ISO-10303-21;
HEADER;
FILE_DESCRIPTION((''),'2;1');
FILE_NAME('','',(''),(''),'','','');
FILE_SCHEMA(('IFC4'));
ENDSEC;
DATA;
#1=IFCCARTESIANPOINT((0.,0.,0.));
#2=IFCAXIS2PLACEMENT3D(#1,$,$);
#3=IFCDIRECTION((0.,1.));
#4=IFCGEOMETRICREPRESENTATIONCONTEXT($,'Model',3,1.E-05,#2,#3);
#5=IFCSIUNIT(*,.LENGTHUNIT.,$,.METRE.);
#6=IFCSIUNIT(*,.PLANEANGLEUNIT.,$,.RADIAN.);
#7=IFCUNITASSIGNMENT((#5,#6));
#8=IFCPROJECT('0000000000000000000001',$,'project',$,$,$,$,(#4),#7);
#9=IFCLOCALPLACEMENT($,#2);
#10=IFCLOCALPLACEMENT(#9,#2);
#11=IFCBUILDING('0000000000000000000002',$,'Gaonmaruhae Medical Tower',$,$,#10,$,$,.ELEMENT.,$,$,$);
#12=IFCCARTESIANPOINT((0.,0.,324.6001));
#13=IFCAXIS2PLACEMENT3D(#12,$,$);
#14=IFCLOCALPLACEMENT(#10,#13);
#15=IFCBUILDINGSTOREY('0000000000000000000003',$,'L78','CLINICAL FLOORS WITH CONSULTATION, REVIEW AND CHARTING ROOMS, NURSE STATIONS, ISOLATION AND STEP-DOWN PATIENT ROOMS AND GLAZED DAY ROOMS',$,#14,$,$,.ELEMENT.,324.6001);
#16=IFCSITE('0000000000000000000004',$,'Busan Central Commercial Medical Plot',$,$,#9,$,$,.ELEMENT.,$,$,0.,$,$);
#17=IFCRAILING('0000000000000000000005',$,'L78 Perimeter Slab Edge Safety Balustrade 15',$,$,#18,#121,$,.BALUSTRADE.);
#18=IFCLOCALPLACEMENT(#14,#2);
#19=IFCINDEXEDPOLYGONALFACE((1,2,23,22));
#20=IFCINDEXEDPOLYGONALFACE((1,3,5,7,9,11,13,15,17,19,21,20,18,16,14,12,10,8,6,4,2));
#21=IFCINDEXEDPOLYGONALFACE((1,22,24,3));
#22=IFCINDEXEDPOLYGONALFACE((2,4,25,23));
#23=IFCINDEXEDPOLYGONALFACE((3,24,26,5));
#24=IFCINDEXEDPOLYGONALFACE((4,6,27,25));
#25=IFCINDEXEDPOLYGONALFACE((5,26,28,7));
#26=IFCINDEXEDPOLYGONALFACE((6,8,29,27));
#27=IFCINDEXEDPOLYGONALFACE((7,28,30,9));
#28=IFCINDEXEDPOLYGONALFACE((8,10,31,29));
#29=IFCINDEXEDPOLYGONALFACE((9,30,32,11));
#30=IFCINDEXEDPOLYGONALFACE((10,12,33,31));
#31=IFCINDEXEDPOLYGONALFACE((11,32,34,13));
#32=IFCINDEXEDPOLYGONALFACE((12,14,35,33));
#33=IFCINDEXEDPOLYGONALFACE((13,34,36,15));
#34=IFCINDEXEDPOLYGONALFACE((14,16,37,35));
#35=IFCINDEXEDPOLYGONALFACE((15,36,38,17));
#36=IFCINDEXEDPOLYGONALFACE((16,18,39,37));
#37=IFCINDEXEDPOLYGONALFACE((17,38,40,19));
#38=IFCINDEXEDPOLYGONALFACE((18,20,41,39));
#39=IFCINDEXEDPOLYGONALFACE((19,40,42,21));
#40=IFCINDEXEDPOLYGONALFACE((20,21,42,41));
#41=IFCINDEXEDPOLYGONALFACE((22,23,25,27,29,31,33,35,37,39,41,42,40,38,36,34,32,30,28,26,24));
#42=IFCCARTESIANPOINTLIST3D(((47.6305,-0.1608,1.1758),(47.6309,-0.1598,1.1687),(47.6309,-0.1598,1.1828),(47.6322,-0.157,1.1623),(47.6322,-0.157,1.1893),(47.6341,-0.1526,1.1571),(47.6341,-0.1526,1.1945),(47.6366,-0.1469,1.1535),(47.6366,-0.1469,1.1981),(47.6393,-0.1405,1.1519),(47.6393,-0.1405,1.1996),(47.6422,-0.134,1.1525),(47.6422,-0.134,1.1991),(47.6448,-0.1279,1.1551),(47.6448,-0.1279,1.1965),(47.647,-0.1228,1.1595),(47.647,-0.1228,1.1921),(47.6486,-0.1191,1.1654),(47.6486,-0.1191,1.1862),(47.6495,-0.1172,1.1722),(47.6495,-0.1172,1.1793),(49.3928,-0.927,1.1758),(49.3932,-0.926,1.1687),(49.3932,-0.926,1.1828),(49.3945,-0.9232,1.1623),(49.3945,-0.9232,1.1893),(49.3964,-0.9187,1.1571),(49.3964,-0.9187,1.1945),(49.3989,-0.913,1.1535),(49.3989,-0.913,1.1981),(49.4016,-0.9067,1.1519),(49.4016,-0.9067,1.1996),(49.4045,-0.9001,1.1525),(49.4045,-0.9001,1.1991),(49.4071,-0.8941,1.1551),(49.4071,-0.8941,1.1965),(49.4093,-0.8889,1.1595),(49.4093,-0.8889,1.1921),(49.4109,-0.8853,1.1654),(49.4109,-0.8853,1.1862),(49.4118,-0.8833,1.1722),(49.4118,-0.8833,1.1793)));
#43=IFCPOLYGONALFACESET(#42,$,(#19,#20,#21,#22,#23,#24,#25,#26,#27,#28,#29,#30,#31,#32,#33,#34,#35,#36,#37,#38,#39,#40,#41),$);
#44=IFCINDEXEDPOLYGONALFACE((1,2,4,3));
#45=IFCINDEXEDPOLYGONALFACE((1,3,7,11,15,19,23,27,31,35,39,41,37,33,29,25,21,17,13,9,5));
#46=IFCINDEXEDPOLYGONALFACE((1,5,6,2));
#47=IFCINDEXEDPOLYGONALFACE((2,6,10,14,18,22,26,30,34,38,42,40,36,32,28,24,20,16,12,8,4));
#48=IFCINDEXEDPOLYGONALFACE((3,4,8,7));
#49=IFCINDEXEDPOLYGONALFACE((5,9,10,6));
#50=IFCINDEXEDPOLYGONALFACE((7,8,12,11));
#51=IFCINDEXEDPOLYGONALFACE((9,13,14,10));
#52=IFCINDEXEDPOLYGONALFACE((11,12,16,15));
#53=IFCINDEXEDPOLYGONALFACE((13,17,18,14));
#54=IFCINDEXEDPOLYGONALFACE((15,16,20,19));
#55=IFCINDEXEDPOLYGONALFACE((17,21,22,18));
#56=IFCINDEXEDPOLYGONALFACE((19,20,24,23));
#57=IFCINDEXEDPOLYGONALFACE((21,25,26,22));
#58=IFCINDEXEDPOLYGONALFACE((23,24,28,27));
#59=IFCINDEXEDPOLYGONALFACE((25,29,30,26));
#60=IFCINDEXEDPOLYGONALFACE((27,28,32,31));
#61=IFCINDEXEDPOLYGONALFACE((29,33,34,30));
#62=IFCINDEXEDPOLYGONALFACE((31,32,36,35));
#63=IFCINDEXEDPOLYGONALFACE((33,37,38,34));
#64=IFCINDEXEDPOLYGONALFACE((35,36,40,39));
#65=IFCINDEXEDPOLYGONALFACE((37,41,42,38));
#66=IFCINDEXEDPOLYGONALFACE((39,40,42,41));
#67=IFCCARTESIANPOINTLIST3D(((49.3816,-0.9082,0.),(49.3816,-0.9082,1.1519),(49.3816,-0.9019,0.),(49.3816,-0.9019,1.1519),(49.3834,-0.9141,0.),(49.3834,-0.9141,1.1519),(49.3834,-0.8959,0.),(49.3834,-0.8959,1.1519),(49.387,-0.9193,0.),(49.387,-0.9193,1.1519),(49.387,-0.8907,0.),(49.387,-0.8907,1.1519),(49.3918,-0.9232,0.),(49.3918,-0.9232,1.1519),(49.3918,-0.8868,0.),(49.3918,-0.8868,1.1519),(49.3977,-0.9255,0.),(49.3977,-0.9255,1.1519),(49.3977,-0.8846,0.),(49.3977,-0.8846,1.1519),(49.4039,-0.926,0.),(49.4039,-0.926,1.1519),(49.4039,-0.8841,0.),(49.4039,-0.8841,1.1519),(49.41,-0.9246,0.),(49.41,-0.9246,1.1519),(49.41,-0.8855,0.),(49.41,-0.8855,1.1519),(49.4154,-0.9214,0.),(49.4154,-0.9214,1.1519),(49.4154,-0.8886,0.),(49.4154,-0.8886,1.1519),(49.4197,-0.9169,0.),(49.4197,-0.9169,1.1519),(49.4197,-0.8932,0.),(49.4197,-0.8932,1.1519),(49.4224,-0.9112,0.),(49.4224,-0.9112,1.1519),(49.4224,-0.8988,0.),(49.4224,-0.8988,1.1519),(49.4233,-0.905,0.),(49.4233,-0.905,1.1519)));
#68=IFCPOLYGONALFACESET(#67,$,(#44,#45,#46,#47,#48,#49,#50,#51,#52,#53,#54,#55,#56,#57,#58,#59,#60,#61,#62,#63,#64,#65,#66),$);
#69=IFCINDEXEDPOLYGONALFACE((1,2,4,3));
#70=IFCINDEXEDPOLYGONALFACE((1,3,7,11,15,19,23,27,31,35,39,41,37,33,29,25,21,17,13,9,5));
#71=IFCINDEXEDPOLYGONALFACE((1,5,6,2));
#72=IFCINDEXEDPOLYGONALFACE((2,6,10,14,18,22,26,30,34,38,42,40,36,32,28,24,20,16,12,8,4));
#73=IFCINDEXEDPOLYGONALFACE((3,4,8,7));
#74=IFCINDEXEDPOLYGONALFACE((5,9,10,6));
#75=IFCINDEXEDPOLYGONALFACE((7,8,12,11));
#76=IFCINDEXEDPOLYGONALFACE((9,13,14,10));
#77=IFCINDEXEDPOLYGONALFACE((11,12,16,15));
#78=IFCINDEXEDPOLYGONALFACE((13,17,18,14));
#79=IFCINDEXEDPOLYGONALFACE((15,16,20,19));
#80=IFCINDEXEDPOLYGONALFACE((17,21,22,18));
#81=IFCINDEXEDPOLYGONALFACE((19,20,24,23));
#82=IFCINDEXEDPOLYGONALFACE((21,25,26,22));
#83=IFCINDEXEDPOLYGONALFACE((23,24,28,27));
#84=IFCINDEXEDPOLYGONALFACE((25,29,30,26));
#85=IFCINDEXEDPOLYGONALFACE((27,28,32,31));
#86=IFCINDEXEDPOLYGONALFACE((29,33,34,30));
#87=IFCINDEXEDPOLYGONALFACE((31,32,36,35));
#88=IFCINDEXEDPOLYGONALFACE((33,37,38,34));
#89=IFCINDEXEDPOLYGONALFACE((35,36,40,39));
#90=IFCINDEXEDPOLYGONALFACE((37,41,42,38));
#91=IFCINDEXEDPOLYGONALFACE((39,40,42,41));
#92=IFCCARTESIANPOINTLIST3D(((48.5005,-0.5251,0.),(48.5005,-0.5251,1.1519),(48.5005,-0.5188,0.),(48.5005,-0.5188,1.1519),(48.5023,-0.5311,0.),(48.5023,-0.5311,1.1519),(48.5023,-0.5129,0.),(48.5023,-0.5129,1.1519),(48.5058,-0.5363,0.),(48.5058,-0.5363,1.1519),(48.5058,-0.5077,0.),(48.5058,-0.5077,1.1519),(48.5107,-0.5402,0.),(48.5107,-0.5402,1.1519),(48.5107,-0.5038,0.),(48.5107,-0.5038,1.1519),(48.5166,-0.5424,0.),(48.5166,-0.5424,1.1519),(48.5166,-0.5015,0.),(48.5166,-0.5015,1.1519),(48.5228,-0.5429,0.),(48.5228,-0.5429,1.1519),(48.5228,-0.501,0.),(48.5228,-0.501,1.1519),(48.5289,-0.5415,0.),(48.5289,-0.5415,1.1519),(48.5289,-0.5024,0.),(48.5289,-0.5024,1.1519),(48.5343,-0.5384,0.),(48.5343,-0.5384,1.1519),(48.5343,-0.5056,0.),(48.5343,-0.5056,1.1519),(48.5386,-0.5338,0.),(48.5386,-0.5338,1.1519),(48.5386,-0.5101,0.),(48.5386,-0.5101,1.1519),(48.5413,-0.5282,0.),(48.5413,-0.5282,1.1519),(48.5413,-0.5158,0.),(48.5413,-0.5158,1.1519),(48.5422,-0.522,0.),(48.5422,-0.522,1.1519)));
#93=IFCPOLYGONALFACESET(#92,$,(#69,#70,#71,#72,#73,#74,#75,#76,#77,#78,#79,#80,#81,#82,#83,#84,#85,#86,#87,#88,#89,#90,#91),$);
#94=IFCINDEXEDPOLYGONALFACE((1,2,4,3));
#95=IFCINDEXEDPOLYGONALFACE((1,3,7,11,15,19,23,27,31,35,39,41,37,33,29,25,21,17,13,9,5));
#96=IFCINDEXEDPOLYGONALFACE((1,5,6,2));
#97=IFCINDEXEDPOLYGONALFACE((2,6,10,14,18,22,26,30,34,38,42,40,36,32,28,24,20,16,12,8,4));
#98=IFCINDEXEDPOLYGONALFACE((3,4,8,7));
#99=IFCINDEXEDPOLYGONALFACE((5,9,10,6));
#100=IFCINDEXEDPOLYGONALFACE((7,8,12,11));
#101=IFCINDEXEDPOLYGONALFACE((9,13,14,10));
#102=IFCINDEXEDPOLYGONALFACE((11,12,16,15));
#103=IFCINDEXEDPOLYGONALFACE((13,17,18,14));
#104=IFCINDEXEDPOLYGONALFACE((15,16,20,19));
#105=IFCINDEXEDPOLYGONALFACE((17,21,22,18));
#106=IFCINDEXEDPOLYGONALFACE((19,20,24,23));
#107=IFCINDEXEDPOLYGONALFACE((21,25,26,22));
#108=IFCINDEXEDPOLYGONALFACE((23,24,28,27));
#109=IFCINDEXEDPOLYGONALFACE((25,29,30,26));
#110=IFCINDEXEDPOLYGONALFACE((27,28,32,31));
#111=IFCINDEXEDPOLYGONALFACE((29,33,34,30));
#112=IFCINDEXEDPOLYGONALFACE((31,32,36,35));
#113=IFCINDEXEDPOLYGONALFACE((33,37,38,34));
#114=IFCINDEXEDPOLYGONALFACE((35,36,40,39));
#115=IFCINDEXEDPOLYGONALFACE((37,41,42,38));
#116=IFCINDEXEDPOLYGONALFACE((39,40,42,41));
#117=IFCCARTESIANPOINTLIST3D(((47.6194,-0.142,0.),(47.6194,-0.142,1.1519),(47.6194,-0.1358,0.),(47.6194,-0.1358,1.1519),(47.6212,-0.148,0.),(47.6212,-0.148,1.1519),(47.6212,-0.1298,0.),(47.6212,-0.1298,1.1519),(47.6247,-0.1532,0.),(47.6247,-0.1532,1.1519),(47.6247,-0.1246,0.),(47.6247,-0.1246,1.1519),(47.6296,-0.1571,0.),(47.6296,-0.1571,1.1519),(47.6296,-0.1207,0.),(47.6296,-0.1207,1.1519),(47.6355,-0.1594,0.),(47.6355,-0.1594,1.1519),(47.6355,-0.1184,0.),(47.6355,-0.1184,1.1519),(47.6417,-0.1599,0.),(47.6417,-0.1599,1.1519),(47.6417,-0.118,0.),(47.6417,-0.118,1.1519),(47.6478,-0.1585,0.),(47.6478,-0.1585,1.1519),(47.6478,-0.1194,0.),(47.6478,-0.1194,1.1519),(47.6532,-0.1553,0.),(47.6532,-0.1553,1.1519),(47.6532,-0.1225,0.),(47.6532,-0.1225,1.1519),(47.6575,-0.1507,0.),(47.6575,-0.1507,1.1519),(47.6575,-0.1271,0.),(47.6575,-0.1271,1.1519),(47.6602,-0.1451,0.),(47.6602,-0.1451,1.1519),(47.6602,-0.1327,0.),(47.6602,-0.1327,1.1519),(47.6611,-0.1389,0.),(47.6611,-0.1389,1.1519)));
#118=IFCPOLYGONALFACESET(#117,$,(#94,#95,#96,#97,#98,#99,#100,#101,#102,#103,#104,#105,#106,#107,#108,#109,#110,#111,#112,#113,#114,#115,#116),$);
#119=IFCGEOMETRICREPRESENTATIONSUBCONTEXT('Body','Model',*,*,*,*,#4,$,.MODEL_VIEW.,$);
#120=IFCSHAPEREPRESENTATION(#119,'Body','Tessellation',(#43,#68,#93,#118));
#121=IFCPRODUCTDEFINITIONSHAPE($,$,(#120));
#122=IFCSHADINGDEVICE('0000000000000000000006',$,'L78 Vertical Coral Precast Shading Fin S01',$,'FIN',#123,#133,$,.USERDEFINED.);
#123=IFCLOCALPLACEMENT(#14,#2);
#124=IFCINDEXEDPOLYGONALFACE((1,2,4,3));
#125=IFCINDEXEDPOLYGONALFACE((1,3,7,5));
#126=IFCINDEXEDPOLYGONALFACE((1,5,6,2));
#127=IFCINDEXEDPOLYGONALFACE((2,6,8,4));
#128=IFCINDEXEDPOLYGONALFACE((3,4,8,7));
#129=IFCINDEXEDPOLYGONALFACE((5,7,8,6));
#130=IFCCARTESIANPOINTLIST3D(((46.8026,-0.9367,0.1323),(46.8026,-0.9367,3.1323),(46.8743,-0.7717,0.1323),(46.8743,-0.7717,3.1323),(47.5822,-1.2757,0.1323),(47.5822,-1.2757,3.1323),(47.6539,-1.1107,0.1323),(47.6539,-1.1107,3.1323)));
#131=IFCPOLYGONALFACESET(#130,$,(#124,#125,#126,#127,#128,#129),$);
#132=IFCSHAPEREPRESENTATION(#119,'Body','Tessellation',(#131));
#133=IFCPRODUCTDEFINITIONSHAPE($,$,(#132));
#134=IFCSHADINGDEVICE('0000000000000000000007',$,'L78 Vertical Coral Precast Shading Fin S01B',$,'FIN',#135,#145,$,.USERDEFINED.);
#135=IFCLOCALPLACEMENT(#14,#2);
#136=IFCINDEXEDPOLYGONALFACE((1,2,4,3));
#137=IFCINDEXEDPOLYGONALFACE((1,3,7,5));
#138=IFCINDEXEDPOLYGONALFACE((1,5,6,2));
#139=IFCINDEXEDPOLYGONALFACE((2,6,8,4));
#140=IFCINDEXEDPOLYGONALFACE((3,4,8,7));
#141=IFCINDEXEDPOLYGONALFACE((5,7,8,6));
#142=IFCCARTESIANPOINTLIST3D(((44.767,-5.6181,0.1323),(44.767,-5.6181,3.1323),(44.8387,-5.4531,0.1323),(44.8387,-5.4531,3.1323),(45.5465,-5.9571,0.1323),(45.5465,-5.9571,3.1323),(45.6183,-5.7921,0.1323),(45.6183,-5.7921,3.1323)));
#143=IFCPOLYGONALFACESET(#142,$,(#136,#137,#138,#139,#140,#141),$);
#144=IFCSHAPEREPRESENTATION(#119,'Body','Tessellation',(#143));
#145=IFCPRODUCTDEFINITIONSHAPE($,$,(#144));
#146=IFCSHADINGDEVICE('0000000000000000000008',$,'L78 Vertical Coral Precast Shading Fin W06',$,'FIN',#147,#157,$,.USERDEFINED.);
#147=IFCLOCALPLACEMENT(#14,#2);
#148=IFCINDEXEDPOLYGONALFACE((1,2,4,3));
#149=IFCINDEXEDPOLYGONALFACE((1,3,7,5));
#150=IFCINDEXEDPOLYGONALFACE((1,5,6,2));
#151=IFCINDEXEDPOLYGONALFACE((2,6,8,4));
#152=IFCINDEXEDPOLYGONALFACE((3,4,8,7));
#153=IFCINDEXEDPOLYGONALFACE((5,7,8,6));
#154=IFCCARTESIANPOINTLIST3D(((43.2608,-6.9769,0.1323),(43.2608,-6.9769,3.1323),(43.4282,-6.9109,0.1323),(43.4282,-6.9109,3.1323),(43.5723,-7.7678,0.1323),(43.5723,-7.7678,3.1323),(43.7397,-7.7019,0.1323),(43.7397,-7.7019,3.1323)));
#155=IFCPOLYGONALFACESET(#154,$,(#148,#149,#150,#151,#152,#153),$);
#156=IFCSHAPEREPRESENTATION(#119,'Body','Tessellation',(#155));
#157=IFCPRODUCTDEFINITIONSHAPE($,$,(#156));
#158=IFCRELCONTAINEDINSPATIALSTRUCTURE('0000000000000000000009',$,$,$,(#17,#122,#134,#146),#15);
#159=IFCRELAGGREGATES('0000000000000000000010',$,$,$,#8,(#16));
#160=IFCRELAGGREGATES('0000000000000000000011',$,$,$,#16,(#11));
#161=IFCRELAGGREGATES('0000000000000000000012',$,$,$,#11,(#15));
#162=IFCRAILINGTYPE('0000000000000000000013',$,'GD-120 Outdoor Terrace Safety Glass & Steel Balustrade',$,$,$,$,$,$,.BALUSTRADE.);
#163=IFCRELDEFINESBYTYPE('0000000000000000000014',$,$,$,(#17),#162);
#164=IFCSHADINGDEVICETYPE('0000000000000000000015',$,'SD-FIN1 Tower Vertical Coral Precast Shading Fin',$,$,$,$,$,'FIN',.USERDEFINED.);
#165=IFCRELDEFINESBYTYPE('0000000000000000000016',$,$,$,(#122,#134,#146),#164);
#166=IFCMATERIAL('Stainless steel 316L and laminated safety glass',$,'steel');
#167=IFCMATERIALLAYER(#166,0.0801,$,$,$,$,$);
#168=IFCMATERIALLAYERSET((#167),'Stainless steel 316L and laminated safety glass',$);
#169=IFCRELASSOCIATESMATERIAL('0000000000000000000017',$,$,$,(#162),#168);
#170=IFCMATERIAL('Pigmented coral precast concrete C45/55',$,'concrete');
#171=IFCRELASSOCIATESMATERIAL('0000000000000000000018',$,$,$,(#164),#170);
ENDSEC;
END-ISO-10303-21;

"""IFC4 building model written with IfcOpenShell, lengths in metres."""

from ifc_helpers import new_model, si_unit, direction, frame, origin, origin_2d, place, context, subcontext, project, spatial, rectangle, circle, extrude, material, layer, layer_set, type_object, element, save


model = new_model("IFC4")

# Units and contexts
model_context = context("Model", 3, precision=1e-05, world=origin(), true_north=direction((0.0, 1.0)))
body_context = subcontext(model_context, "Body", "Model", "MODEL_VIEW")
ifc_project = project(units=[si_unit("LENGTHUNIT", "METRE"), si_unit("PLANEANGLEUNIT", "RADIAN")], contexts=[model_context])

# Site, building, storey
site_placement = place(None, origin())
site = spatial("IfcSite", under=ifc_project, at=site_placement, Name="Busan Central Commercial Medical Plot", CompositionType="ELEMENT", RefElevation=0.0)
building_placement = place(site_placement, origin())
building = spatial("IfcBuilding", under=site, at=building_placement, Name="Gaonmaruhae Medical Tower", CompositionType="ELEMENT")
storey_placement = place(building_placement, frame((0.0, 0.0, 324.6001)))
storey = spatial("IfcBuildingStorey", under=building, at=storey_placement, Name="L78", Description="CLINICAL FLOORS WITH CONSULTATION, REVIEW AND CHARTING ROOMS, NURSE STATIONS, ISOLATION AND STEP-DOWN PATIENT ROOMS AND GLAZED DAY ROOMS", CompositionType="ELEMENT", Elevation=324.6001)

# Railing
ifc_material_1 = material(Name="Stainless steel 316L and laminated safety glass", Category="steel")
ifc_layer_1 = layer(ifc_material_1, 0.0801)
ifc_layer_set_1 = layer_set([ifc_layer_1], Name="Stainless steel 316L and laminated safety glass")
railing_type = type_object("IfcRailingType", Name="GD-120 Outdoor Terrace Safety Glass & Steel Balustrade", PredefinedType="BALUSTRADE", material=ifc_layer_set_1)
railing_placement = place(storey_placement, frame((49.4023, -0.905, 0.0)))
element("IfcRailing", 1, at=railing_placement, inside=storey, type_object=railing_type, Name="L78 Perimeter Slab Edge Safety Balustrade 15", PredefinedType="BALUSTRADE", context=body_context, shape_type="SweptSolid", body=[
    extrude(circle(Radius=0.0239, at=origin_2d()), frame((0.0, 0.0, 1.1758), z_axis=(-0.917082, 0.398698, 0.0), x_axis=(-0.398698, -0.917082, 0.0)), (0.0, 0.0, 1.0), 1.9216),
    extrude(circle(Radius=0.021, at=origin_2d()), origin(), (0.0, 0.0, 1.0), 1.1519),
    extrude(circle(Radius=0.021, at=origin_2d()), frame((-0.8811, 0.3831, 0.0)), (0.0, 0.0, 1.0), 1.1519),
    extrude(circle(Radius=0.021, at=origin_2d()), frame((-1.7622, 0.7661, 0.0)), (0.0, 0.0, 1.0), 1.1519),
])

# Shading devices
ifc_material_2 = material(Name="Pigmented coral precast concrete C45/55", Category="concrete")
shading_device_type = type_object("IfcShadingDeviceType", Name="SD-FIN1 Tower Vertical Coral Precast Shading Fin", ElementType="FIN", PredefinedType="USERDEFINED", material=ifc_material_2)
for number, where, z_axis, x_axis, name in (
    (2, (47.2283, -1.0237, 0.1323), (0.0, 0.0, 1.0), (-0.398749, -0.91706, 0.0), "L78 Vertical Coral Precast Shading Fin S01"),
    (3, (45.1926, -5.7051, 0.1323), (0.0, 0.0, 1.0), (-0.398749, -0.91706, 0.0), "L78 Vertical Coral Precast Shading Fin S01B"),
    (4, (43.5002, -7.3394, 0.1323), (0.0, 0.0, 1.0), (-0.930411, -0.366517, 0.0), "L78 Vertical Coral Precast Shading Fin W06"),
):
    element("IfcShadingDevice", number, at=place(storey_placement, frame(where, z_axis=z_axis, x_axis=x_axis)), inside=storey, type_object=shading_device_type, Name=name, ObjectType="FIN", PredefinedType="USERDEFINED", context=body_context, shape_type="SweptSolid", body=[
        extrude(rectangle(XDim=0.1799, YDim=0.8501, at=origin_2d()), origin(), (0.0, 0.0, 1.0), 3.0),
    ])

save(model, "model.ifc")
